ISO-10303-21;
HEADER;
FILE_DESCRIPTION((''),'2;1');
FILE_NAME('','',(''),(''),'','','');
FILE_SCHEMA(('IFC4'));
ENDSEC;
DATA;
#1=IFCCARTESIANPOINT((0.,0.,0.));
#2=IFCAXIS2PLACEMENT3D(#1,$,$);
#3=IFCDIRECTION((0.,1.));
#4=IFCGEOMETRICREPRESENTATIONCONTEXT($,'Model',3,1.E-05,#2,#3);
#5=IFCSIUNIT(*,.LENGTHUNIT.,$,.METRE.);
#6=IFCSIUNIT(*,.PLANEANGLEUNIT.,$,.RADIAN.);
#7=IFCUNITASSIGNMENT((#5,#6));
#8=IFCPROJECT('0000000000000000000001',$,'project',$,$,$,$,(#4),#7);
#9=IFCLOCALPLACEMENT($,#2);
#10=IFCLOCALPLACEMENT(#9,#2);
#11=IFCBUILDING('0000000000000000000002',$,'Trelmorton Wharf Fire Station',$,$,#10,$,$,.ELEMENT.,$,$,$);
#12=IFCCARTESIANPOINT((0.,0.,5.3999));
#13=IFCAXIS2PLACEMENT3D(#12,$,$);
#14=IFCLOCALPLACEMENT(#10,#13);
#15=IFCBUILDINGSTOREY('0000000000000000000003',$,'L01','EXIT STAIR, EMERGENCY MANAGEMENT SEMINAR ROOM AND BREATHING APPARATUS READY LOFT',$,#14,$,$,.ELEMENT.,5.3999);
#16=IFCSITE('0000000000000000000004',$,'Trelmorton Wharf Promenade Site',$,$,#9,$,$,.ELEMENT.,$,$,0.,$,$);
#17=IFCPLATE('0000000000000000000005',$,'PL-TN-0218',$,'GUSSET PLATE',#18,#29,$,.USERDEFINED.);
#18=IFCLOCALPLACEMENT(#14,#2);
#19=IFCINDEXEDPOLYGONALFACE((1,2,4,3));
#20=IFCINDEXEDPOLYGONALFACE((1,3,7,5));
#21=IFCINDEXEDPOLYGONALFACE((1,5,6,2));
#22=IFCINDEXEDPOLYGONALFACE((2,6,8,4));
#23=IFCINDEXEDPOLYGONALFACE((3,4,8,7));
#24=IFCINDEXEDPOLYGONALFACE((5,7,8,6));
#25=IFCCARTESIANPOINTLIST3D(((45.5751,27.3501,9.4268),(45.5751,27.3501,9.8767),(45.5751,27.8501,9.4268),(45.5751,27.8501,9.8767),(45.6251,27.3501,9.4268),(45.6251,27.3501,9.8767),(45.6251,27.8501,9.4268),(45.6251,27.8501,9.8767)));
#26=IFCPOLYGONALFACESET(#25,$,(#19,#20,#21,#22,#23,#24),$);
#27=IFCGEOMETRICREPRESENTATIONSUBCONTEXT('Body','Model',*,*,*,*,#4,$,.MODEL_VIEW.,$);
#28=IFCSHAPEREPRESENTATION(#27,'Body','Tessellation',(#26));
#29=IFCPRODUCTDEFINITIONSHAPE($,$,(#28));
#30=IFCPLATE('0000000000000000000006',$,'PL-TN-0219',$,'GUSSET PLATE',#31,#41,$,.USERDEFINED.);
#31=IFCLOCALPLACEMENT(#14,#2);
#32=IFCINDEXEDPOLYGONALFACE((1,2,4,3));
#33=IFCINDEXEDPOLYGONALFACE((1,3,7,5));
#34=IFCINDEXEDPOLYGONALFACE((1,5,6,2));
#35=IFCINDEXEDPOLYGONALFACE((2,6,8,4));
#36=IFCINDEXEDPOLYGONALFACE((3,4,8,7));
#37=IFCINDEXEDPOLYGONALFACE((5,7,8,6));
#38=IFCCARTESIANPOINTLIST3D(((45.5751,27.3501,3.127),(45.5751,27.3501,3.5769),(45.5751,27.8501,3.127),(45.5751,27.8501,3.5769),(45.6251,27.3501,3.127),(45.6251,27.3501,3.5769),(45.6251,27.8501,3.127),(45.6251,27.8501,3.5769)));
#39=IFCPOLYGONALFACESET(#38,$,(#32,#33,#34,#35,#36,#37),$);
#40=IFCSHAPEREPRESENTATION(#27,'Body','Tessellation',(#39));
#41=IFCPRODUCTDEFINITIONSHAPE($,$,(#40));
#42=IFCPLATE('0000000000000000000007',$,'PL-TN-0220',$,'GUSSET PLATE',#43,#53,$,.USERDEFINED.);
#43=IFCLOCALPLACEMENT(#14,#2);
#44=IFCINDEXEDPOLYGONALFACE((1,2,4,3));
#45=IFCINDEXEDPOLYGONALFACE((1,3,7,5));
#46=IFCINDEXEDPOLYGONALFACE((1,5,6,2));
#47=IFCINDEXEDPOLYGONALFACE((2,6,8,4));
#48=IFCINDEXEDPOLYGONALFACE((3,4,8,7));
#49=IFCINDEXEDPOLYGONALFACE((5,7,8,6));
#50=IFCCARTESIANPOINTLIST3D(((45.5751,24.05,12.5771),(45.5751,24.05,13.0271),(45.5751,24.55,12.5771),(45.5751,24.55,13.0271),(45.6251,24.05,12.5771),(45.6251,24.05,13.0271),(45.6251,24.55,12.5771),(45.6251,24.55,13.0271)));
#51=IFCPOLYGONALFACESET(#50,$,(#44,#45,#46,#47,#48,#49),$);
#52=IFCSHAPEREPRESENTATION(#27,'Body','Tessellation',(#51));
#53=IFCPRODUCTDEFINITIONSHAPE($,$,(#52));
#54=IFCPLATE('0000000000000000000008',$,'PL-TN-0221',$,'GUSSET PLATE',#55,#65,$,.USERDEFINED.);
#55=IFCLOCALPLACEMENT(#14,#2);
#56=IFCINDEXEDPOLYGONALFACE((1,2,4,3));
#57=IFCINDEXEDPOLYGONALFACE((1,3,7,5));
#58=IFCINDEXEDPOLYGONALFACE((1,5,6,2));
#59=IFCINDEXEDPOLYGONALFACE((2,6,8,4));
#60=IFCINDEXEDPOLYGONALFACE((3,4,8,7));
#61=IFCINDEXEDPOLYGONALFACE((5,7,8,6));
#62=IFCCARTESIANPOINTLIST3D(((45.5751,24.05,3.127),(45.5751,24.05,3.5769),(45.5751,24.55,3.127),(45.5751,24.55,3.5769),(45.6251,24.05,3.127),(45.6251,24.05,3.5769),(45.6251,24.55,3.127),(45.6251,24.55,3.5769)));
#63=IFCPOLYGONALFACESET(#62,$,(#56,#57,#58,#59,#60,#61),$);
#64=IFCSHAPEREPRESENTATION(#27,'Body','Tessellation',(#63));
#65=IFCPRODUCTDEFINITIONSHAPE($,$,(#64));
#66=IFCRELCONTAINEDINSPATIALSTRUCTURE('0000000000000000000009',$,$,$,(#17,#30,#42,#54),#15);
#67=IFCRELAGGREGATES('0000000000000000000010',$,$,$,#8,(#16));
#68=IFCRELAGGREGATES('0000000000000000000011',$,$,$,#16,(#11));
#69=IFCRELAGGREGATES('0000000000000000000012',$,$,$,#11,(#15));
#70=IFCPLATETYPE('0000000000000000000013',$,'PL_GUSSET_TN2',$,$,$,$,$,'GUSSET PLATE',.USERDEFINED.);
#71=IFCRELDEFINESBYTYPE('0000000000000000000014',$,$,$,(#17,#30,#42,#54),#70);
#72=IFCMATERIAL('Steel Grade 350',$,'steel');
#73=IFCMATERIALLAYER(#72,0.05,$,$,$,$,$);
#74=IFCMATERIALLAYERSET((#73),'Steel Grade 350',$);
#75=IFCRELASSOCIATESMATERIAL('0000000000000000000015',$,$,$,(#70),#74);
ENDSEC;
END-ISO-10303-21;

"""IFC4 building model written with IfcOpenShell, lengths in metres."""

from ifc_helpers import new_model, si_unit, direction, frame, origin, origin_2d, place, context, subcontext, project, spatial, rectangle, extrude, material, layer, layer_set, type_object, element, save


model = new_model("IFC4")

# Units and contexts
model_context = context("Model", 3, precision=1e-05, world=origin(), true_north=direction((0.0, 1.0)))
body_context = subcontext(model_context, "Body", "Model", "MODEL_VIEW")
ifc_project = project(units=[si_unit("LENGTHUNIT", "METRE"), si_unit("PLANEANGLEUNIT", "RADIAN")], contexts=[model_context])

# Site, building, storey
site_placement = place(None, origin())
site = spatial("IfcSite", under=ifc_project, at=site_placement, Name="Trelmorton Wharf Promenade Site", CompositionType="ELEMENT", RefElevation=0.0)
building_placement = place(site_placement, origin())
building = spatial("IfcBuilding", under=site, at=building_placement, Name="Trelmorton Wharf Fire Station", CompositionType="ELEMENT")
storey_placement = place(building_placement, frame((0.0, 0.0, 5.3999)))
storey = spatial("IfcBuildingStorey", under=building, at=storey_placement, Name="L01", Description="EXIT STAIR, EMERGENCY MANAGEMENT SEMINAR ROOM AND BREATHING APPARATUS READY LOFT", CompositionType="ELEMENT", Elevation=5.3999)

# Shared definitions
ifc_material_1 = material(Name="Steel Grade 350", Category="steel")

# Plates
ifc_layer_1 = layer(ifc_material_1, 0.05)
ifc_layer_set_1 = layer_set([ifc_layer_1], Name="Steel Grade 350")
plate_type_1 = type_object("IfcPlateType", Name="PL_GUSSET_TN2", ElementType="GUSSET PLATE", PredefinedType="USERDEFINED", material=ifc_layer_set_1)
for number, where, z_axis, x_axis, name in (
    (1, (45.6001, 27.6001, 9.4268), (0.0, 0.0, 1.0), (1.0, 0.0, 0.0), "PL-TN-0218"),
    (2, (45.6001, 27.6001, 3.127), (0.0, 0.0, 1.0), (1.0, 0.0, 0.0), "PL-TN-0219"),
    (3, (45.6001, 24.3, 12.5771), (0.0, 0.0, 1.0), (1.0, 0.0, 0.0), "PL-TN-0220"),
    (4, (45.6001, 24.3, 3.127), (0.0, 0.0, 1.0), (1.0, 0.0, 0.0), "PL-TN-0221"),
):
    element("IfcPlate", number, at=place(storey_placement, frame(where, z_axis=z_axis, x_axis=x_axis)), inside=storey, type_object=plate_type_1, Name=name, ObjectType="GUSSET PLATE", PredefinedType="USERDEFINED", context=body_context, shape_type="SweptSolid", body=[
        extrude(rectangle(XDim=0.05, YDim=0.5, at=origin_2d()), origin(), (0.0, 0.0, 1.0), 0.45),
    ])

save(model, "model.ifc")
